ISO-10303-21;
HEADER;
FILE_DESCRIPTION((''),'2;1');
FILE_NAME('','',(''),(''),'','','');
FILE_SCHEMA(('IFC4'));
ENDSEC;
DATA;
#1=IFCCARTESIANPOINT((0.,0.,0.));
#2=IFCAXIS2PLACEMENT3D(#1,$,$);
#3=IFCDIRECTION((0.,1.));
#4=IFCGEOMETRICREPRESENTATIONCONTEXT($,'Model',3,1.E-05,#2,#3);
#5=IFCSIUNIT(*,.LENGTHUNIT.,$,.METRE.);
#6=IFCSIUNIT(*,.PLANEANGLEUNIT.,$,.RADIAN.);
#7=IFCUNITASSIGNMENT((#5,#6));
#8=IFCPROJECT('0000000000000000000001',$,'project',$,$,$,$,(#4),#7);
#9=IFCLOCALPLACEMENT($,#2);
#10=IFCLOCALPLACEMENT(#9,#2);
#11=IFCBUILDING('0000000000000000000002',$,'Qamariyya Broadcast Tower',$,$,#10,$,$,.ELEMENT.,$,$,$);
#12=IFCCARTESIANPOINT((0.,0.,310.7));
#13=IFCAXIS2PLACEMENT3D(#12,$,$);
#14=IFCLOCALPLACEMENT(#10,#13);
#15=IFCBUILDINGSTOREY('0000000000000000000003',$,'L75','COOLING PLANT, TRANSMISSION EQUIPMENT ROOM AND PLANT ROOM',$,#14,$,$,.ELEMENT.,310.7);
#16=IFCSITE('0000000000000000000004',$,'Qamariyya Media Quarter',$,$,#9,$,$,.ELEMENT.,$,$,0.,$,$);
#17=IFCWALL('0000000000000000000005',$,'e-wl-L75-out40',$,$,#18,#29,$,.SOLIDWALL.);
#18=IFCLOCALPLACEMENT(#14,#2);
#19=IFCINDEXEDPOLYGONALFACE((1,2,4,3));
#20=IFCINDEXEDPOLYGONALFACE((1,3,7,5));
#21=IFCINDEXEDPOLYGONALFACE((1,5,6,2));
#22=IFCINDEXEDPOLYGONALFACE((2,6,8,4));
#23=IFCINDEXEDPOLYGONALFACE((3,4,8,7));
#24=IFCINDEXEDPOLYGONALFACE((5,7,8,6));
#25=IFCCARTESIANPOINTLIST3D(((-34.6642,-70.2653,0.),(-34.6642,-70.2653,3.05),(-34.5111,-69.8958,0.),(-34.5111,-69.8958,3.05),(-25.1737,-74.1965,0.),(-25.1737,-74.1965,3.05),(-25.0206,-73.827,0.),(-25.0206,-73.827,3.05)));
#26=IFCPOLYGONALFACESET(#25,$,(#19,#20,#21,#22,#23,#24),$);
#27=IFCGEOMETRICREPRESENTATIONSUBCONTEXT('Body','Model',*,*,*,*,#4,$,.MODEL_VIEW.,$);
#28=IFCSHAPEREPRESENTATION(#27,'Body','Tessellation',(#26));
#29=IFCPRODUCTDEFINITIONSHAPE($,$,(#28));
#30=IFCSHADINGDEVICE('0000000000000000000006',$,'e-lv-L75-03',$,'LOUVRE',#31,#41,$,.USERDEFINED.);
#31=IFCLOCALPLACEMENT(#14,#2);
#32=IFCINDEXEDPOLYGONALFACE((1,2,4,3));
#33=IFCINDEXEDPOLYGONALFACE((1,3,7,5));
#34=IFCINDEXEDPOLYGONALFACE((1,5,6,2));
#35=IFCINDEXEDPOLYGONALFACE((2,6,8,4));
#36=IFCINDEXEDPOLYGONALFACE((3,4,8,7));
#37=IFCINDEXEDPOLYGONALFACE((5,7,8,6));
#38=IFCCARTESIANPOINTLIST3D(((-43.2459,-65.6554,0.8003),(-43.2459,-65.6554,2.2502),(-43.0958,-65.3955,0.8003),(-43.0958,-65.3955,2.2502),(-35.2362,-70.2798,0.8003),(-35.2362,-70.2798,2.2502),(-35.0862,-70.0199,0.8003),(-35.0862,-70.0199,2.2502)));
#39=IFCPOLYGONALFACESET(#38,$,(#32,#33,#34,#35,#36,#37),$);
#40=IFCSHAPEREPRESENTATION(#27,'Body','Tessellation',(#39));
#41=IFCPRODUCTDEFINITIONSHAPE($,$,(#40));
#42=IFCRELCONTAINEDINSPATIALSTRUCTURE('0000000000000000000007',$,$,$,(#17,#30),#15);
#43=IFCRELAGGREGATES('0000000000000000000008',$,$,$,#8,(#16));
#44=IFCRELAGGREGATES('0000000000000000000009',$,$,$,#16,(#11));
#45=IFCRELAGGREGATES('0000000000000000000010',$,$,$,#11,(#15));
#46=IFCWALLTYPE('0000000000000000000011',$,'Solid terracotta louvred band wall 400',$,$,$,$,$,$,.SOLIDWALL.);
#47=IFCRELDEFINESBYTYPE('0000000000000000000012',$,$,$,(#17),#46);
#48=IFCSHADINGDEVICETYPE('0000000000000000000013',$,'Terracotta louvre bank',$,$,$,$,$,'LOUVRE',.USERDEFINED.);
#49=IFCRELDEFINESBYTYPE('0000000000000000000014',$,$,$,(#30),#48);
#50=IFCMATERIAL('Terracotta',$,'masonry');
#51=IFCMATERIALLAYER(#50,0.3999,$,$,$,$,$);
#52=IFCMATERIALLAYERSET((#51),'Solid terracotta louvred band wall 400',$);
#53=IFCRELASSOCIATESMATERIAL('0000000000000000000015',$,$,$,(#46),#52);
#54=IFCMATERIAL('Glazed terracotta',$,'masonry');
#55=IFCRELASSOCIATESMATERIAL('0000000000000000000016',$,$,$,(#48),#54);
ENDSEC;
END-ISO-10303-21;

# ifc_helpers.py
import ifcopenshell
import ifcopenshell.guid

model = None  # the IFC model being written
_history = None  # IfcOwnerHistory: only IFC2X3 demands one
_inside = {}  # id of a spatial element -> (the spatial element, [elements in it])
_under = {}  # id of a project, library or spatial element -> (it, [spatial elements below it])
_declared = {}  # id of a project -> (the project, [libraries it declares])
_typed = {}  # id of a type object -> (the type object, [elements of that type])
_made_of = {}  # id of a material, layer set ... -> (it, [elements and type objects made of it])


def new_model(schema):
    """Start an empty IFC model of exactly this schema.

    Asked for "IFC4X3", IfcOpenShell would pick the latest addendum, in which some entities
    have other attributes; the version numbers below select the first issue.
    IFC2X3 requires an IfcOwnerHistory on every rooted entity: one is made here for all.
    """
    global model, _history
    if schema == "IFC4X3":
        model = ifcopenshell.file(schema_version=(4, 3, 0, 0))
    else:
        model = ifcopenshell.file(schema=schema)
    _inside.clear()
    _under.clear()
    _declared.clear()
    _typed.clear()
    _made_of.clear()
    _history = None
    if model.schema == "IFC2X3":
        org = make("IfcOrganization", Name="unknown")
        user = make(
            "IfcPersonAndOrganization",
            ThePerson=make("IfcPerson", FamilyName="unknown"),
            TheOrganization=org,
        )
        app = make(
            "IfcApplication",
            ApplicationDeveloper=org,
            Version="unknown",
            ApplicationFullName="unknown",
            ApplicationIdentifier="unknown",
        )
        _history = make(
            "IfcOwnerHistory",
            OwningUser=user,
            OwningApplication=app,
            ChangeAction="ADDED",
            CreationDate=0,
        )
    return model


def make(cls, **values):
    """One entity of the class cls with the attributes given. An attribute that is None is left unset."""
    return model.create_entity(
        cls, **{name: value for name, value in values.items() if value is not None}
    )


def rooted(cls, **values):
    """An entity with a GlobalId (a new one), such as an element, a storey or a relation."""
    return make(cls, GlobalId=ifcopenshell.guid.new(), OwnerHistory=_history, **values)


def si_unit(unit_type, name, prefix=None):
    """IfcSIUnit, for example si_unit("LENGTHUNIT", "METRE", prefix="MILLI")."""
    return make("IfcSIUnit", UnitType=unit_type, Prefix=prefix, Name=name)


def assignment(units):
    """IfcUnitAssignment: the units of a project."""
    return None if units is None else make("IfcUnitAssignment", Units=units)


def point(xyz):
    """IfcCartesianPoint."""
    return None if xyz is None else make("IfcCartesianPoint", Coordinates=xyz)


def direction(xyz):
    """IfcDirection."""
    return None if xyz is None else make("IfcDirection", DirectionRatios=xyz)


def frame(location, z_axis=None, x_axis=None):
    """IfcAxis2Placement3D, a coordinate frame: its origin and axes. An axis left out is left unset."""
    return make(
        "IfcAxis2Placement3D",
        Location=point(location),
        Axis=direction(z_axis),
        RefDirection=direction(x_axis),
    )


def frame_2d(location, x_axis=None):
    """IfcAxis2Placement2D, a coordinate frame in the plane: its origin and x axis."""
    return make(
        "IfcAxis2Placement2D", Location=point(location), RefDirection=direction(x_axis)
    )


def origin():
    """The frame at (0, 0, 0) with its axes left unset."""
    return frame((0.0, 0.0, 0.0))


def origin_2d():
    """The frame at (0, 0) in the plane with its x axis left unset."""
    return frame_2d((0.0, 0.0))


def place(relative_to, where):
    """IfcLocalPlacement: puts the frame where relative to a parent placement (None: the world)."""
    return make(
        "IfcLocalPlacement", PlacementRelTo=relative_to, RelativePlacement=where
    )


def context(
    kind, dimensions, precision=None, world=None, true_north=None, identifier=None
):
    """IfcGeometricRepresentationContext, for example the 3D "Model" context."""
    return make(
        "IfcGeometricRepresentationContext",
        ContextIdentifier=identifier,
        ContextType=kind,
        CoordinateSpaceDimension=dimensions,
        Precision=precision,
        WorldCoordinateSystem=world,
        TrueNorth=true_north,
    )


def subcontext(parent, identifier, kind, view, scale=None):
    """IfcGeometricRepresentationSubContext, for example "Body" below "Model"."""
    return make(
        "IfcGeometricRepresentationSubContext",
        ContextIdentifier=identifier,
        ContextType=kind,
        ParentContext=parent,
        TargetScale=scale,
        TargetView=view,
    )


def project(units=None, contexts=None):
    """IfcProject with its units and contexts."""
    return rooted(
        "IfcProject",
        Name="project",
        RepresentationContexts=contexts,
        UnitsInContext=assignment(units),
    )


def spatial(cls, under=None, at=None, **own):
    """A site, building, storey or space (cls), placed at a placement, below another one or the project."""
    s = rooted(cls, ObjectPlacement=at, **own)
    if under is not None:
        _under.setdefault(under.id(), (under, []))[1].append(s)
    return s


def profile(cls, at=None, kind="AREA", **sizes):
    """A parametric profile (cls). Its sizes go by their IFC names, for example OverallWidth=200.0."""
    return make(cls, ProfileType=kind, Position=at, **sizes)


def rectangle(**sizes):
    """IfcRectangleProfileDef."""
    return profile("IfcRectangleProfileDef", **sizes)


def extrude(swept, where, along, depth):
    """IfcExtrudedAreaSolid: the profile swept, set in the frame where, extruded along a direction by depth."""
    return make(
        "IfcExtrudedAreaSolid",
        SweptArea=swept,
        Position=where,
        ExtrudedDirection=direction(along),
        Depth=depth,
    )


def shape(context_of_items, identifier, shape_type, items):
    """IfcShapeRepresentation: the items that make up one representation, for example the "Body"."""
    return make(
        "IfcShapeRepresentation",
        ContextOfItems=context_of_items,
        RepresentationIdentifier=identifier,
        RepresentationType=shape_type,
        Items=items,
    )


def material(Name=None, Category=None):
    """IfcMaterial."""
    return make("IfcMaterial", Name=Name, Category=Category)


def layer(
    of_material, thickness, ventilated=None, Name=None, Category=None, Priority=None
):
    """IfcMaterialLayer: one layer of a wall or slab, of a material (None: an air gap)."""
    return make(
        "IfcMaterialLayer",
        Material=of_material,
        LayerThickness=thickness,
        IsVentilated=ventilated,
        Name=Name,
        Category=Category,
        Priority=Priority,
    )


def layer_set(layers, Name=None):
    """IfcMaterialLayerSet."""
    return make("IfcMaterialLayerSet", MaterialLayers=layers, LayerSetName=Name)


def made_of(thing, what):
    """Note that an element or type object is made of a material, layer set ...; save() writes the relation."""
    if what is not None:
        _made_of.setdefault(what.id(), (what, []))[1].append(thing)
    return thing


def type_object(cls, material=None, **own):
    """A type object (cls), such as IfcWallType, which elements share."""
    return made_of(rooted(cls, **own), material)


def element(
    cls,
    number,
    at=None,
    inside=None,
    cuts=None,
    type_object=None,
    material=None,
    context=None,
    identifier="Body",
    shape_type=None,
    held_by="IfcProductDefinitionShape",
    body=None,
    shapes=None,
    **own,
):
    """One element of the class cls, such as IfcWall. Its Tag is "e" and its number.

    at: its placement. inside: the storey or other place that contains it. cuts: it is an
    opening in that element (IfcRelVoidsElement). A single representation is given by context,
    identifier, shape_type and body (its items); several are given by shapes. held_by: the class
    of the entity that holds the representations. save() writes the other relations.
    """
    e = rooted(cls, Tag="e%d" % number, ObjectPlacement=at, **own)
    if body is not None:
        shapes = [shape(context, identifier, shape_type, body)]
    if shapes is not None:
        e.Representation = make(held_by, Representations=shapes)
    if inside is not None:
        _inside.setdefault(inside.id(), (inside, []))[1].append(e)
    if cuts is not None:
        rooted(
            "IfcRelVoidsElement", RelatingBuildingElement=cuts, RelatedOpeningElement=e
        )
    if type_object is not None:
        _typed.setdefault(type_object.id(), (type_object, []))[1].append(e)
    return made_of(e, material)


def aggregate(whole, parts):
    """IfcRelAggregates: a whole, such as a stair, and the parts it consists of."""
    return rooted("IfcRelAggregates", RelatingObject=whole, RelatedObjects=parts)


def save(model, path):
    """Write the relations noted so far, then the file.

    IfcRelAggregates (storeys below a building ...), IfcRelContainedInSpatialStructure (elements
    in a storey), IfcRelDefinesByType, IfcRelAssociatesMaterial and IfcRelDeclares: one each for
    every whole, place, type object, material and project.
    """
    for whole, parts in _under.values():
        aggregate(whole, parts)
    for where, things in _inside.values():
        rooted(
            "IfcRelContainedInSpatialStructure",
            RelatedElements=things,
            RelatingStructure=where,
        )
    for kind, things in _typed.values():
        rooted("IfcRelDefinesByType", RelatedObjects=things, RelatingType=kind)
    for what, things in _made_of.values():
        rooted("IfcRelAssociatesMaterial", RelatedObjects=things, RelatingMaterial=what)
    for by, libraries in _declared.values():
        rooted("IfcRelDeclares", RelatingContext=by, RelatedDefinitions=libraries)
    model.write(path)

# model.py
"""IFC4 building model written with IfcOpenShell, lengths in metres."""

from ifc_helpers import new_model, si_unit, direction, frame, frame_2d, origin, origin_2d, place, context, subcontext, project, spatial, rectangle, extrude, material, layer, layer_set, type_object, element, save


model = new_model("IFC4")

# Units and contexts
model_context = context("Model", 3, precision=1e-05, world=origin(), true_north=direction((0.0, 1.0)))
body_context = subcontext(model_context, "Body", "Model", "MODEL_VIEW")
ifc_project = project(units=[si_unit("LENGTHUNIT", "METRE"), si_unit("PLANEANGLEUNIT", "RADIAN")], contexts=[model_context])

# Site, building, storey
site_placement = place(None, origin())
site = spatial("IfcSite", under=ifc_project, at=site_placement, Name="Qamariyya Media Quarter", CompositionType="ELEMENT", RefElevation=0.0)
building_placement = place(site_placement, origin())
building = spatial("IfcBuilding", under=site, at=building_placement, Name="Qamariyya Broadcast Tower", CompositionType="ELEMENT")
storey_placement = place(building_placement, frame((0.0, 0.0, 310.7)))
storey = spatial("IfcBuildingStorey", under=building, at=storey_placement, Name="L75", Description="COOLING PLANT, TRANSMISSION EQUIPMENT ROOM AND PLANT ROOM", CompositionType="ELEMENT", Elevation=310.7)

# Wall
ifc_material_1 = material(Name="Terracotta", Category="masonry")
ifc_layer_1 = layer(ifc_material_1, 0.3999)
ifc_layer_set_1 = layer_set([ifc_layer_1], Name="Solid terracotta louvred band wall 400")
wall_type_1 = type_object("IfcWallType", Name="Solid terracotta louvred band wall 400", PredefinedType="SOLIDWALL", material=ifc_layer_set_1)
wall_1_placement = place(storey_placement, frame((-34.5876, -70.0806, 0.0), z_axis=(0.0, 0.0, 1.0), x_axis=(0.923877, -0.382689, 0.0)))
element("IfcWall", 1, at=wall_1_placement, inside=storey, type_object=wall_type_1, Name="e-wl-L75-out40", PredefinedType="SOLIDWALL", context=body_context, shape_type="SweptSolid", body=[
    extrude(rectangle(XDim=10.2725, YDim=0.3999, at=frame_2d((5.1362, 0.0))), origin(), (0.0, 0.0, 1.0), 3.05),
])

# Shading device
ifc_material_2 = material(Name="Glazed terracotta", Category="masonry")
shading_device_type = type_object("IfcShadingDeviceType", Name="Terracotta louvre bank", ElementType="LOUVRE", PredefinedType="USERDEFINED", material=ifc_material_2)
shading_device_placement = place(storey_placement, frame((-39.166, -67.8376, 0.8003), z_axis=(0.0, 0.0, 1.0), x_axis=(0.866025, -0.5, 0.0)))
element("IfcShadingDevice", 2, at=shading_device_placement, inside=storey, type_object=shading_device_type, Name="e-lv-L75-03", ObjectType="LOUVRE", PredefinedType="USERDEFINED", context=body_context, shape_type="SweptSolid", body=[
    extrude(rectangle(XDim=9.2488, YDim=0.3, at=origin_2d()), origin(), (0.0, 0.0, 1.0), 1.45),
])

save(model, "model.ifc")
